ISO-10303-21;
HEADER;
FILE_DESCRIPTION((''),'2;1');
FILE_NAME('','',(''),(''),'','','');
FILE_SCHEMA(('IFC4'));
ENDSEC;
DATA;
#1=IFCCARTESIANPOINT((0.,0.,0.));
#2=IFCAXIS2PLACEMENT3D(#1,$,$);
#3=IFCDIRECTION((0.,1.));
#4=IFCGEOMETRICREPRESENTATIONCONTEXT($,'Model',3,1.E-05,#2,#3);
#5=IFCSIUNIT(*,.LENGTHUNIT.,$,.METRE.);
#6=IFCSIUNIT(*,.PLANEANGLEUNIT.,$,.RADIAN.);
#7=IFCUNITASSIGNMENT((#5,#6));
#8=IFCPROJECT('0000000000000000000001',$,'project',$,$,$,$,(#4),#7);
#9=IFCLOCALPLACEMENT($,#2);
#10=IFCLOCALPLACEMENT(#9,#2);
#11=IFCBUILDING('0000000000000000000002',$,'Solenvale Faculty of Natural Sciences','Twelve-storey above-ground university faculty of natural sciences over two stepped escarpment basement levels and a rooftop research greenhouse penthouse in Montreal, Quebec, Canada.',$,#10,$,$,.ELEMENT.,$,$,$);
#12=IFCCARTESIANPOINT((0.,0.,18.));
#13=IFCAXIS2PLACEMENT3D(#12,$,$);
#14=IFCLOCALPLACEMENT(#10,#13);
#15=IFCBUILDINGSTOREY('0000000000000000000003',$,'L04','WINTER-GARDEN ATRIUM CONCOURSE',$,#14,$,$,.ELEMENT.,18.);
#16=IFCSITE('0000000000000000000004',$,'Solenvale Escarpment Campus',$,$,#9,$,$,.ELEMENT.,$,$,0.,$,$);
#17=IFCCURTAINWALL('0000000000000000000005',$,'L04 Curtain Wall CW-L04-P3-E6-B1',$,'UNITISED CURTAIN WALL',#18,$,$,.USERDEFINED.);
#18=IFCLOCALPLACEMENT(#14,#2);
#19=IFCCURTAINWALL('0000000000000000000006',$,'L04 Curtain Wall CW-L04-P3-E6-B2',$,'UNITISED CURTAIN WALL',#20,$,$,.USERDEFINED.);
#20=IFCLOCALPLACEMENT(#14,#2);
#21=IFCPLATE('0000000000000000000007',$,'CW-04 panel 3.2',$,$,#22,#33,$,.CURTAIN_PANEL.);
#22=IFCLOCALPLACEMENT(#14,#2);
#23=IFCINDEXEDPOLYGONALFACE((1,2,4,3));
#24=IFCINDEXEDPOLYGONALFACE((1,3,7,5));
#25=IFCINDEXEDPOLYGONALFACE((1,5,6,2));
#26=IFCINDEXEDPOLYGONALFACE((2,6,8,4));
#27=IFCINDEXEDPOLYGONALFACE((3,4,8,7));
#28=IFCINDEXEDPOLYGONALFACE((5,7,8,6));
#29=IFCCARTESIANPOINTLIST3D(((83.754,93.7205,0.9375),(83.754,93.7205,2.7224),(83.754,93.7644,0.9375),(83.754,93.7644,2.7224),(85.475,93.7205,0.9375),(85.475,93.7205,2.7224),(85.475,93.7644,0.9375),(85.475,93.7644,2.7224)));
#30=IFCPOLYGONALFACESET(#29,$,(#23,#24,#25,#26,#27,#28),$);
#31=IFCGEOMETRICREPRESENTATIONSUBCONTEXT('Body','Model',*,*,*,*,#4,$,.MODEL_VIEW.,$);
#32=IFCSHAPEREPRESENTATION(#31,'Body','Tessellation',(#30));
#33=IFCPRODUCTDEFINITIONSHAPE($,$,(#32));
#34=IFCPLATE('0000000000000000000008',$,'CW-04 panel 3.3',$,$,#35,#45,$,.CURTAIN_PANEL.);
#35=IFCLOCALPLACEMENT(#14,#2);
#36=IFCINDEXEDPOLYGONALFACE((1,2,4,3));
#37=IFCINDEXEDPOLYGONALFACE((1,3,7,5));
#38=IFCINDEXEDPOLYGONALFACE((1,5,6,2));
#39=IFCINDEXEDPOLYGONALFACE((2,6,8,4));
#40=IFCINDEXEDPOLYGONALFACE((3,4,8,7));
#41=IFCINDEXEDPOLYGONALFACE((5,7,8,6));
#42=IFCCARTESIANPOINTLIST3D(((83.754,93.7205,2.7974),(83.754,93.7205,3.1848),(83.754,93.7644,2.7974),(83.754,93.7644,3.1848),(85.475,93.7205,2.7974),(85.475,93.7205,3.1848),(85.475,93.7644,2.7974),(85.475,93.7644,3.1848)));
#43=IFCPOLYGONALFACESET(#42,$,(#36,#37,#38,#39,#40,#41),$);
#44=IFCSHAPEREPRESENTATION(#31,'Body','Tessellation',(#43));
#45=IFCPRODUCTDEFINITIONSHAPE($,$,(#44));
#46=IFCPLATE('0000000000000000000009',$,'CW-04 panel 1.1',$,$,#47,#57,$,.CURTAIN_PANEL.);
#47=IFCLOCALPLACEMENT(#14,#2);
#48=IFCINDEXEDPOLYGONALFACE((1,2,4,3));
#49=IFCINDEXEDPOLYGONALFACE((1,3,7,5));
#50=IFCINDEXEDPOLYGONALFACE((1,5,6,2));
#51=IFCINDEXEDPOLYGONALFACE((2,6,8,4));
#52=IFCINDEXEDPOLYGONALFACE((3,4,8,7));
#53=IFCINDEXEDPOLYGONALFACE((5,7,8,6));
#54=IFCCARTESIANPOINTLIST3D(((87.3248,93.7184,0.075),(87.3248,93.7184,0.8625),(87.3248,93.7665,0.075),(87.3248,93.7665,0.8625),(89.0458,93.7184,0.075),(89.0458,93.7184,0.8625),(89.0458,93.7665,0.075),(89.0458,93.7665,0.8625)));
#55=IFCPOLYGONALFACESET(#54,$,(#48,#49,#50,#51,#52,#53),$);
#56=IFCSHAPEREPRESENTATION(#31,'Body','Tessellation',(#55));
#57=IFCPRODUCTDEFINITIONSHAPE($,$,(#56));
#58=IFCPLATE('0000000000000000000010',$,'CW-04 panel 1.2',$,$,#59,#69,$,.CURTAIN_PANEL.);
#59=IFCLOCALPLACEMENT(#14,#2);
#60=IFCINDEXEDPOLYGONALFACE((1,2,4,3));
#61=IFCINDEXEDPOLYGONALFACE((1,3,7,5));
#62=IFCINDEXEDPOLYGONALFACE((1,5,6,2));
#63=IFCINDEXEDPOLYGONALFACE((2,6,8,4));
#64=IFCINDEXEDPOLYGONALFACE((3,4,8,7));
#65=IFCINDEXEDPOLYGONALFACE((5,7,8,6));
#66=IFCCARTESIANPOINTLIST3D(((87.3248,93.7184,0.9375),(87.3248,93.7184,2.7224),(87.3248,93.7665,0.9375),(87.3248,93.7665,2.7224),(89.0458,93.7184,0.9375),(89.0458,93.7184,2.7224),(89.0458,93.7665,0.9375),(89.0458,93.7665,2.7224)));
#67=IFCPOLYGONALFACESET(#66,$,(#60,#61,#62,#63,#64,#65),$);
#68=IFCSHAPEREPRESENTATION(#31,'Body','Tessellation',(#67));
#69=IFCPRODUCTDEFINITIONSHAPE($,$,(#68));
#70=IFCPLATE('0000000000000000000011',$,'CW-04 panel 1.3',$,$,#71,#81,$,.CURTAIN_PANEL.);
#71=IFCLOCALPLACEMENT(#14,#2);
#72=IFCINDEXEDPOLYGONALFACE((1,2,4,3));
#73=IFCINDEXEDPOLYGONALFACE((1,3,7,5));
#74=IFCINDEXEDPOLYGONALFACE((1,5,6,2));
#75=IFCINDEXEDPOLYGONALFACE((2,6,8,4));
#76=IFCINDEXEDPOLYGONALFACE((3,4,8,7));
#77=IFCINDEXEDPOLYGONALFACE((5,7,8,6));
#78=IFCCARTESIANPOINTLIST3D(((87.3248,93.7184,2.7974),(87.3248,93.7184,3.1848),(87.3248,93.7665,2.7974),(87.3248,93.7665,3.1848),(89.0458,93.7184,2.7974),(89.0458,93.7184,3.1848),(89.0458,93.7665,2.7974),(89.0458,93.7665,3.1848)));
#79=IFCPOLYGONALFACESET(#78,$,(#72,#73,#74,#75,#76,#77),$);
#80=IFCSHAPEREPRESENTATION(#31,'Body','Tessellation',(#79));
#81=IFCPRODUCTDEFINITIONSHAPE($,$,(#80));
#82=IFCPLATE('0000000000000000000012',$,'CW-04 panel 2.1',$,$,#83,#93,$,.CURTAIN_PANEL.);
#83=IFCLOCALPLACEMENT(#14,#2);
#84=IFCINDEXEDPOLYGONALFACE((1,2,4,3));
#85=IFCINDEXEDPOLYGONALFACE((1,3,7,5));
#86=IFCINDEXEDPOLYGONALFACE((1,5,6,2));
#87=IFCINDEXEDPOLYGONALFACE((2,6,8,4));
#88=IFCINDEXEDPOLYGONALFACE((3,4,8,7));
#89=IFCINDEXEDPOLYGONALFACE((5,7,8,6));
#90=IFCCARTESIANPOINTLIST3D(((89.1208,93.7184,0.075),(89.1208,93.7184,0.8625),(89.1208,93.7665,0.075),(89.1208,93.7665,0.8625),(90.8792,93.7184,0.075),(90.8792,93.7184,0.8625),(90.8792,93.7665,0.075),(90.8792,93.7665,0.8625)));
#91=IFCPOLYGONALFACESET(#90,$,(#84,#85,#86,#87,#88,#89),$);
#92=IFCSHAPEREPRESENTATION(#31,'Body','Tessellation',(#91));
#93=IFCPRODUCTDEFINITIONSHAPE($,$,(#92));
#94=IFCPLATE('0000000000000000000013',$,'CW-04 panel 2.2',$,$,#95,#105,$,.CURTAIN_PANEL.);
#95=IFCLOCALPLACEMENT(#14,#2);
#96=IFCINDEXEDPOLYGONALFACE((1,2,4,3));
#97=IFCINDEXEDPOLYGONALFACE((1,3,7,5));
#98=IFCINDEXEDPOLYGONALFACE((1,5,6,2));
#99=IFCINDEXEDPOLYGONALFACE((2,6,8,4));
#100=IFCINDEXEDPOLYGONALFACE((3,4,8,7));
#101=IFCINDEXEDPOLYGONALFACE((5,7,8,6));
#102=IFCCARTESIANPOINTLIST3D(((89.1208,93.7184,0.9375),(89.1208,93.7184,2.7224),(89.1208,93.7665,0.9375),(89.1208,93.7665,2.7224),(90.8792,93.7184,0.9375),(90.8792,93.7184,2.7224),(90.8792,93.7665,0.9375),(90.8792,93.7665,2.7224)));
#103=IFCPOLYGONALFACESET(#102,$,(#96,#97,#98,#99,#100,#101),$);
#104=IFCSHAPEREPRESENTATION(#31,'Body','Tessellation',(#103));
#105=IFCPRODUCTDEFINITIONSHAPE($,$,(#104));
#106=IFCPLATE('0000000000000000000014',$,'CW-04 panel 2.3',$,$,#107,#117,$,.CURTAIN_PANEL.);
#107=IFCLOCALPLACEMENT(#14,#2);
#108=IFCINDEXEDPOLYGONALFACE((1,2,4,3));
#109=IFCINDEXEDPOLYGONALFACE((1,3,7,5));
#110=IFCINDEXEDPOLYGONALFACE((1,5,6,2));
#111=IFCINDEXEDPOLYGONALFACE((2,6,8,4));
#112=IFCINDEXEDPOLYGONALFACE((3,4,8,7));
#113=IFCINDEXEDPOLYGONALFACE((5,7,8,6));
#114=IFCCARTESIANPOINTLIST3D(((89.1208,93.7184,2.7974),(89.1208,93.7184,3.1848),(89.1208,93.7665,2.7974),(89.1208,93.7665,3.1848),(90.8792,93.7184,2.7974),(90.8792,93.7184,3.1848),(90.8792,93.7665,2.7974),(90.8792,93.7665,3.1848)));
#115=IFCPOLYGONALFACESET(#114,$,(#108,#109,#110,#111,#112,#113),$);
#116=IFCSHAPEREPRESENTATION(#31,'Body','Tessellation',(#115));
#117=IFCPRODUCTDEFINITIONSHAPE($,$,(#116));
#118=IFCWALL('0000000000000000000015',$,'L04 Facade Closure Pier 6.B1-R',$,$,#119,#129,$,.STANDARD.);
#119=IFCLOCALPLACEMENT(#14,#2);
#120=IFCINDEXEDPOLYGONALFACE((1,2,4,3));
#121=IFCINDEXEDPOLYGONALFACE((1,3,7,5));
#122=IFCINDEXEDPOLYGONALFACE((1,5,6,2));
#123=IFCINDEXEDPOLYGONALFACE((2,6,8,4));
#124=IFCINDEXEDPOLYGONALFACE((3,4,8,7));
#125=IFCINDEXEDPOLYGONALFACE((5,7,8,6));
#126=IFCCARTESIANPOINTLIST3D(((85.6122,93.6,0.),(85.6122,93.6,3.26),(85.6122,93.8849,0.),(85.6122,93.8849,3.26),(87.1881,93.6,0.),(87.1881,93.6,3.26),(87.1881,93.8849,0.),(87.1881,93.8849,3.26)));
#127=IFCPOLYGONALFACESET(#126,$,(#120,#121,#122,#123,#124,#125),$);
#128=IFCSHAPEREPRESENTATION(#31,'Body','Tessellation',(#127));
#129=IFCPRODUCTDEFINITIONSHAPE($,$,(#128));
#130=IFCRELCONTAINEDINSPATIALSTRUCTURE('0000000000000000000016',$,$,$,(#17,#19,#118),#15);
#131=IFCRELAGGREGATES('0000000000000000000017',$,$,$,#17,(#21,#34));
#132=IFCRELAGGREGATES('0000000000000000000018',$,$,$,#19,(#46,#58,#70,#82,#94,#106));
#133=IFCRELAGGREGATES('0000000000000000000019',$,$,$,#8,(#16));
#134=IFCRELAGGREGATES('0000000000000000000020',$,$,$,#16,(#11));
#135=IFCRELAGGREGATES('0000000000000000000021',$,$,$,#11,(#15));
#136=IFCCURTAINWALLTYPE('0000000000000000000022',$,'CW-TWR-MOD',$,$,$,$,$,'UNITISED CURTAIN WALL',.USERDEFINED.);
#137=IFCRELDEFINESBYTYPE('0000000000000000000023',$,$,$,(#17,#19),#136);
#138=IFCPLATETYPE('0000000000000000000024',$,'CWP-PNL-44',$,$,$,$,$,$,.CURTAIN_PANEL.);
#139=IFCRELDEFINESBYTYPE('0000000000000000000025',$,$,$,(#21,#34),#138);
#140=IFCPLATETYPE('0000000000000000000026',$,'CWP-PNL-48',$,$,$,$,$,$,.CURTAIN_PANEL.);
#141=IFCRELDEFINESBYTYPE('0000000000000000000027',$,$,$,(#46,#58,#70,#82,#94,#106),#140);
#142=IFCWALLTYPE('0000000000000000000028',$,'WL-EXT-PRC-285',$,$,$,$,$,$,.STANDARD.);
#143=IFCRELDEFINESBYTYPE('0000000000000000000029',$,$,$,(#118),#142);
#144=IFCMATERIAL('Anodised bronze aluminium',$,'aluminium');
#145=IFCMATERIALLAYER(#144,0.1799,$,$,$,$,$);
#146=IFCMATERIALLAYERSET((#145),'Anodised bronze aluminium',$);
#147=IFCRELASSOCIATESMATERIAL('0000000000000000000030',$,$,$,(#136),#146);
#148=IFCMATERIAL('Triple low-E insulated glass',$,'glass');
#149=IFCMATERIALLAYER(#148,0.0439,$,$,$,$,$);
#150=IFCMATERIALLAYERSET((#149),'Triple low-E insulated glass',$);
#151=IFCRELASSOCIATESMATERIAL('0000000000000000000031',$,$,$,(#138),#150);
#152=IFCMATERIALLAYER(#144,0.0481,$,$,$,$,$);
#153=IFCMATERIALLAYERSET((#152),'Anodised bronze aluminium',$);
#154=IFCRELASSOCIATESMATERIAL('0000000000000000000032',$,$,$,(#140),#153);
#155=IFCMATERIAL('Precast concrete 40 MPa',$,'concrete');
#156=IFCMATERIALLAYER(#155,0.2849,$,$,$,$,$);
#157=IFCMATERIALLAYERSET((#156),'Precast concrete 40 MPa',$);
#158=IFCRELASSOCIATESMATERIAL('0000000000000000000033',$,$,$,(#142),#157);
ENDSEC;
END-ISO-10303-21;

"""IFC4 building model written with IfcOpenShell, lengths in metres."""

from ifc_helpers import new_model, si_unit, direction, frame, frame_2d, origin, origin_2d, place, context, subcontext, project, spatial, rectangle, extrude, material, layer, layer_set, type_object, element, aggregate, save


model = new_model("IFC4")

# Units and contexts
model_context = context("Model", 3, precision=1e-05, world=origin(), true_north=direction((0.0, 1.0)))
body_context = subcontext(model_context, "Body", "Model", "MODEL_VIEW")
ifc_project = project(units=[si_unit("LENGTHUNIT", "METRE"), si_unit("PLANEANGLEUNIT", "RADIAN")], contexts=[model_context])

# Site, building, storey
site_placement = place(None, origin())
site = spatial("IfcSite", under=ifc_project, at=site_placement, Name="Solenvale Escarpment Campus", CompositionType="ELEMENT", RefElevation=0.0)
building_placement = place(site_placement, origin())
building = spatial("IfcBuilding", under=site, at=building_placement, Name="Solenvale Faculty of Natural Sciences", Description="Twelve-storey above-ground university faculty of natural sciences over two stepped escarpment basement levels and a rooftop research greenhouse penthouse in Montreal, Quebec, Canada.", CompositionType="ELEMENT")
storey_placement = place(building_placement, frame((0.0, 0.0, 18.0)))
storey = spatial("IfcBuildingStorey", under=building, at=storey_placement, Name="L04", Description="WINTER-GARDEN ATRIUM CONCOURSE", CompositionType="ELEMENT", Elevation=18.0)

# Curtain wall
ifc_material_1 = material(Name="Anodised bronze aluminium", Category="aluminium")
ifc_layer_1 = layer(ifc_material_1, 0.1799)
ifc_layer_set_1 = layer_set([ifc_layer_1], Name="Anodised bronze aluminium")
curtain_wall_type = type_object("IfcCurtainWallType", Name="CW-TWR-MOD", ElementType="UNITISED CURTAIN WALL", PredefinedType="USERDEFINED", material=ifc_layer_set_1)
curtain_wall_1_placement = place(storey_placement, origin())
curtain_wall_1 = element("IfcCurtainWall", 1, at=curtain_wall_1_placement, inside=storey, type_object=curtain_wall_type, Name="L04 Curtain Wall CW-L04-P3-E6-B1", ObjectType="UNITISED CURTAIN WALL", PredefinedType="USERDEFINED")

# Curtain wall
curtain_wall_2_placement = place(storey_placement, origin())
curtain_wall_2 = element("IfcCurtainWall", 2, at=curtain_wall_2_placement, inside=storey, type_object=curtain_wall_type, Name="L04 Curtain Wall CW-L04-P3-E6-B2", ObjectType="UNITISED CURTAIN WALL", PredefinedType="USERDEFINED")

# Plates
ifc_material_2 = material(Name="Triple low-E insulated glass", Category="glass")
ifc_layer_2 = layer(ifc_material_2, 0.0439)
ifc_layer_set_2 = layer_set([ifc_layer_2], Name="Triple low-E insulated glass")
plate_type_1 = type_object("IfcPlateType", Name="CWP-PNL-44", PredefinedType="CURTAIN_PANEL", material=ifc_layer_set_2)
plate_1_placement = place(storey_placement, frame((84.6145, 93.7424, 0.9375), z_axis=(0.0, 0.0, 1.0), x_axis=(1.0, 0.0, 0.0)))
plate_1 = element("IfcPlate", 3, at=plate_1_placement, type_object=plate_type_1, Name="CW-04 panel 3.2", PredefinedType="CURTAIN_PANEL", context=body_context, shape_type="SweptSolid", body=[
    extrude(rectangle(XDim=1.7209, YDim=0.0439, at=origin_2d()), origin(), (0.0, 0.0, 1.0), 1.7849),
])
plate_2_placement = place(storey_placement, frame((84.6145, 93.7424, 2.7974), z_axis=(0.0, 0.0, 1.0), x_axis=(1.0, 0.0, 0.0)))
plate_2 = element("IfcPlate", 4, at=plate_2_placement, type_object=plate_type_1, Name="CW-04 panel 3.3", PredefinedType="CURTAIN_PANEL", context=body_context, shape_type="SweptSolid", body=[
    extrude(rectangle(XDim=1.7209, YDim=0.0439, at=origin_2d()), origin(), (0.0, 0.0, 1.0), 0.3875),
])
aggregate(curtain_wall_1, [plate_1, plate_2])
ifc_layer_3 = layer(ifc_material_1, 0.0481)
ifc_layer_set_3 = layer_set([ifc_layer_3], Name="Anodised bronze aluminium")
plate_type_2 = type_object("IfcPlateType", Name="CWP-PNL-48", PredefinedType="CURTAIN_PANEL", material=ifc_layer_set_3)
plate_3_placement = place(storey_placement, frame((88.1853, 93.7424, 0.075), z_axis=(0.0, 0.0, 1.0), x_axis=(1.0, 0.0, 0.0)))
plate_3 = element("IfcPlate", 5, at=plate_3_placement, type_object=plate_type_2, Name="CW-04 panel 1.1", PredefinedType="CURTAIN_PANEL", context=body_context, shape_type="SweptSolid", body=[
    extrude(rectangle(XDim=1.7209, YDim=0.0481, at=origin_2d()), origin(), (0.0, 0.0, 1.0), 0.7876),
])
plate_4_placement = place(storey_placement, frame((88.1853, 93.7424, 0.9375), z_axis=(0.0, 0.0, 1.0), x_axis=(1.0, 0.0, 0.0)))
plate_4 = element("IfcPlate", 6, at=plate_4_placement, type_object=plate_type_2, Name="CW-04 panel 1.2", PredefinedType="CURTAIN_PANEL", context=body_context, shape_type="SweptSolid", body=[
    extrude(rectangle(XDim=1.7209, YDim=0.0481, at=origin_2d()), origin(), (0.0, 0.0, 1.0), 1.7849),
])
plate_5_placement = place(storey_placement, frame((88.1853, 93.7424, 2.7974), z_axis=(0.0, 0.0, 1.0), x_axis=(1.0, 0.0, 0.0)))
plate_5 = element("IfcPlate", 7, at=plate_5_placement, type_object=plate_type_2, Name="CW-04 panel 1.3", PredefinedType="CURTAIN_PANEL", context=body_context, shape_type="SweptSolid", body=[
    extrude(rectangle(XDim=1.7209, YDim=0.0481, at=origin_2d()), origin(), (0.0, 0.0, 1.0), 0.3875),
])
plate_6_placement = place(storey_placement, frame((90.0, 93.7424, 0.075), z_axis=(0.0, 0.0, 1.0), x_axis=(1.0, 0.0, 0.0)))
plate_6 = element("IfcPlate", 8, at=plate_6_placement, type_object=plate_type_2, Name="CW-04 panel 2.1", PredefinedType="CURTAIN_PANEL", context=body_context, shape_type="SweptSolid", body=[
    extrude(rectangle(XDim=1.7583, YDim=0.0481, at=origin_2d()), origin(), (0.0, 0.0, 1.0), 0.7876),
])
plate_7_placement = place(storey_placement, frame((90.0, 93.7424, 0.9375), z_axis=(0.0, 0.0, 1.0), x_axis=(1.0, 0.0, 0.0)))
plate_7 = element("IfcPlate", 9, at=plate_7_placement, type_object=plate_type_2, Name="CW-04 panel 2.2", PredefinedType="CURTAIN_PANEL", context=body_context, shape_type="SweptSolid", body=[
    extrude(rectangle(XDim=1.7583, YDim=0.0481, at=origin_2d()), origin(), (0.0, 0.0, 1.0), 1.7849),
])
plate_8_placement = place(storey_placement, frame((90.0, 93.7424, 2.7974), z_axis=(0.0, 0.0, 1.0), x_axis=(1.0, 0.0, 0.0)))
plate_8 = element("IfcPlate", 10, at=plate_8_placement, type_object=plate_type_2, Name="CW-04 panel 2.3", PredefinedType="CURTAIN_PANEL", context=body_context, shape_type="SweptSolid", body=[
    extrude(rectangle(XDim=1.7583, YDim=0.0481, at=origin_2d()), origin(), (0.0, 0.0, 1.0), 0.3875),
])
aggregate(curtain_wall_2, [plate_3, plate_4, plate_5, plate_6, plate_7, plate_8])

# Wall
ifc_material_3 = material(Name="Precast concrete 40 MPa", Category="concrete")
ifc_layer_4 = layer(ifc_material_3, 0.2849)
ifc_layer_set_4 = layer_set([ifc_layer_4], Name="Precast concrete 40 MPa")
wall_type = type_object("IfcWallType", Name="WL-EXT-PRC-285", PredefinedType="STANDARD", material=ifc_layer_set_4)
wall_placement = place(storey_placement, frame((85.6121, 93.7424, 0.0), z_axis=(0.0, 0.0, 1.0), x_axis=(1.0, 0.0, 0.0)))
element("IfcWall", 11, at=wall_placement, inside=storey, type_object=wall_type, Name="L04 Facade Closure Pier 6.B1-R", PredefinedType="STANDARD", context=body_context, shape_type="SweptSolid", body=[
    extrude(rectangle(XDim=1.5759, YDim=0.2849, at=frame_2d((0.7881, 0.0))), origin(), (0.0, 0.0, 1.0), 3.26),
])

save(model, "model.ifc")
